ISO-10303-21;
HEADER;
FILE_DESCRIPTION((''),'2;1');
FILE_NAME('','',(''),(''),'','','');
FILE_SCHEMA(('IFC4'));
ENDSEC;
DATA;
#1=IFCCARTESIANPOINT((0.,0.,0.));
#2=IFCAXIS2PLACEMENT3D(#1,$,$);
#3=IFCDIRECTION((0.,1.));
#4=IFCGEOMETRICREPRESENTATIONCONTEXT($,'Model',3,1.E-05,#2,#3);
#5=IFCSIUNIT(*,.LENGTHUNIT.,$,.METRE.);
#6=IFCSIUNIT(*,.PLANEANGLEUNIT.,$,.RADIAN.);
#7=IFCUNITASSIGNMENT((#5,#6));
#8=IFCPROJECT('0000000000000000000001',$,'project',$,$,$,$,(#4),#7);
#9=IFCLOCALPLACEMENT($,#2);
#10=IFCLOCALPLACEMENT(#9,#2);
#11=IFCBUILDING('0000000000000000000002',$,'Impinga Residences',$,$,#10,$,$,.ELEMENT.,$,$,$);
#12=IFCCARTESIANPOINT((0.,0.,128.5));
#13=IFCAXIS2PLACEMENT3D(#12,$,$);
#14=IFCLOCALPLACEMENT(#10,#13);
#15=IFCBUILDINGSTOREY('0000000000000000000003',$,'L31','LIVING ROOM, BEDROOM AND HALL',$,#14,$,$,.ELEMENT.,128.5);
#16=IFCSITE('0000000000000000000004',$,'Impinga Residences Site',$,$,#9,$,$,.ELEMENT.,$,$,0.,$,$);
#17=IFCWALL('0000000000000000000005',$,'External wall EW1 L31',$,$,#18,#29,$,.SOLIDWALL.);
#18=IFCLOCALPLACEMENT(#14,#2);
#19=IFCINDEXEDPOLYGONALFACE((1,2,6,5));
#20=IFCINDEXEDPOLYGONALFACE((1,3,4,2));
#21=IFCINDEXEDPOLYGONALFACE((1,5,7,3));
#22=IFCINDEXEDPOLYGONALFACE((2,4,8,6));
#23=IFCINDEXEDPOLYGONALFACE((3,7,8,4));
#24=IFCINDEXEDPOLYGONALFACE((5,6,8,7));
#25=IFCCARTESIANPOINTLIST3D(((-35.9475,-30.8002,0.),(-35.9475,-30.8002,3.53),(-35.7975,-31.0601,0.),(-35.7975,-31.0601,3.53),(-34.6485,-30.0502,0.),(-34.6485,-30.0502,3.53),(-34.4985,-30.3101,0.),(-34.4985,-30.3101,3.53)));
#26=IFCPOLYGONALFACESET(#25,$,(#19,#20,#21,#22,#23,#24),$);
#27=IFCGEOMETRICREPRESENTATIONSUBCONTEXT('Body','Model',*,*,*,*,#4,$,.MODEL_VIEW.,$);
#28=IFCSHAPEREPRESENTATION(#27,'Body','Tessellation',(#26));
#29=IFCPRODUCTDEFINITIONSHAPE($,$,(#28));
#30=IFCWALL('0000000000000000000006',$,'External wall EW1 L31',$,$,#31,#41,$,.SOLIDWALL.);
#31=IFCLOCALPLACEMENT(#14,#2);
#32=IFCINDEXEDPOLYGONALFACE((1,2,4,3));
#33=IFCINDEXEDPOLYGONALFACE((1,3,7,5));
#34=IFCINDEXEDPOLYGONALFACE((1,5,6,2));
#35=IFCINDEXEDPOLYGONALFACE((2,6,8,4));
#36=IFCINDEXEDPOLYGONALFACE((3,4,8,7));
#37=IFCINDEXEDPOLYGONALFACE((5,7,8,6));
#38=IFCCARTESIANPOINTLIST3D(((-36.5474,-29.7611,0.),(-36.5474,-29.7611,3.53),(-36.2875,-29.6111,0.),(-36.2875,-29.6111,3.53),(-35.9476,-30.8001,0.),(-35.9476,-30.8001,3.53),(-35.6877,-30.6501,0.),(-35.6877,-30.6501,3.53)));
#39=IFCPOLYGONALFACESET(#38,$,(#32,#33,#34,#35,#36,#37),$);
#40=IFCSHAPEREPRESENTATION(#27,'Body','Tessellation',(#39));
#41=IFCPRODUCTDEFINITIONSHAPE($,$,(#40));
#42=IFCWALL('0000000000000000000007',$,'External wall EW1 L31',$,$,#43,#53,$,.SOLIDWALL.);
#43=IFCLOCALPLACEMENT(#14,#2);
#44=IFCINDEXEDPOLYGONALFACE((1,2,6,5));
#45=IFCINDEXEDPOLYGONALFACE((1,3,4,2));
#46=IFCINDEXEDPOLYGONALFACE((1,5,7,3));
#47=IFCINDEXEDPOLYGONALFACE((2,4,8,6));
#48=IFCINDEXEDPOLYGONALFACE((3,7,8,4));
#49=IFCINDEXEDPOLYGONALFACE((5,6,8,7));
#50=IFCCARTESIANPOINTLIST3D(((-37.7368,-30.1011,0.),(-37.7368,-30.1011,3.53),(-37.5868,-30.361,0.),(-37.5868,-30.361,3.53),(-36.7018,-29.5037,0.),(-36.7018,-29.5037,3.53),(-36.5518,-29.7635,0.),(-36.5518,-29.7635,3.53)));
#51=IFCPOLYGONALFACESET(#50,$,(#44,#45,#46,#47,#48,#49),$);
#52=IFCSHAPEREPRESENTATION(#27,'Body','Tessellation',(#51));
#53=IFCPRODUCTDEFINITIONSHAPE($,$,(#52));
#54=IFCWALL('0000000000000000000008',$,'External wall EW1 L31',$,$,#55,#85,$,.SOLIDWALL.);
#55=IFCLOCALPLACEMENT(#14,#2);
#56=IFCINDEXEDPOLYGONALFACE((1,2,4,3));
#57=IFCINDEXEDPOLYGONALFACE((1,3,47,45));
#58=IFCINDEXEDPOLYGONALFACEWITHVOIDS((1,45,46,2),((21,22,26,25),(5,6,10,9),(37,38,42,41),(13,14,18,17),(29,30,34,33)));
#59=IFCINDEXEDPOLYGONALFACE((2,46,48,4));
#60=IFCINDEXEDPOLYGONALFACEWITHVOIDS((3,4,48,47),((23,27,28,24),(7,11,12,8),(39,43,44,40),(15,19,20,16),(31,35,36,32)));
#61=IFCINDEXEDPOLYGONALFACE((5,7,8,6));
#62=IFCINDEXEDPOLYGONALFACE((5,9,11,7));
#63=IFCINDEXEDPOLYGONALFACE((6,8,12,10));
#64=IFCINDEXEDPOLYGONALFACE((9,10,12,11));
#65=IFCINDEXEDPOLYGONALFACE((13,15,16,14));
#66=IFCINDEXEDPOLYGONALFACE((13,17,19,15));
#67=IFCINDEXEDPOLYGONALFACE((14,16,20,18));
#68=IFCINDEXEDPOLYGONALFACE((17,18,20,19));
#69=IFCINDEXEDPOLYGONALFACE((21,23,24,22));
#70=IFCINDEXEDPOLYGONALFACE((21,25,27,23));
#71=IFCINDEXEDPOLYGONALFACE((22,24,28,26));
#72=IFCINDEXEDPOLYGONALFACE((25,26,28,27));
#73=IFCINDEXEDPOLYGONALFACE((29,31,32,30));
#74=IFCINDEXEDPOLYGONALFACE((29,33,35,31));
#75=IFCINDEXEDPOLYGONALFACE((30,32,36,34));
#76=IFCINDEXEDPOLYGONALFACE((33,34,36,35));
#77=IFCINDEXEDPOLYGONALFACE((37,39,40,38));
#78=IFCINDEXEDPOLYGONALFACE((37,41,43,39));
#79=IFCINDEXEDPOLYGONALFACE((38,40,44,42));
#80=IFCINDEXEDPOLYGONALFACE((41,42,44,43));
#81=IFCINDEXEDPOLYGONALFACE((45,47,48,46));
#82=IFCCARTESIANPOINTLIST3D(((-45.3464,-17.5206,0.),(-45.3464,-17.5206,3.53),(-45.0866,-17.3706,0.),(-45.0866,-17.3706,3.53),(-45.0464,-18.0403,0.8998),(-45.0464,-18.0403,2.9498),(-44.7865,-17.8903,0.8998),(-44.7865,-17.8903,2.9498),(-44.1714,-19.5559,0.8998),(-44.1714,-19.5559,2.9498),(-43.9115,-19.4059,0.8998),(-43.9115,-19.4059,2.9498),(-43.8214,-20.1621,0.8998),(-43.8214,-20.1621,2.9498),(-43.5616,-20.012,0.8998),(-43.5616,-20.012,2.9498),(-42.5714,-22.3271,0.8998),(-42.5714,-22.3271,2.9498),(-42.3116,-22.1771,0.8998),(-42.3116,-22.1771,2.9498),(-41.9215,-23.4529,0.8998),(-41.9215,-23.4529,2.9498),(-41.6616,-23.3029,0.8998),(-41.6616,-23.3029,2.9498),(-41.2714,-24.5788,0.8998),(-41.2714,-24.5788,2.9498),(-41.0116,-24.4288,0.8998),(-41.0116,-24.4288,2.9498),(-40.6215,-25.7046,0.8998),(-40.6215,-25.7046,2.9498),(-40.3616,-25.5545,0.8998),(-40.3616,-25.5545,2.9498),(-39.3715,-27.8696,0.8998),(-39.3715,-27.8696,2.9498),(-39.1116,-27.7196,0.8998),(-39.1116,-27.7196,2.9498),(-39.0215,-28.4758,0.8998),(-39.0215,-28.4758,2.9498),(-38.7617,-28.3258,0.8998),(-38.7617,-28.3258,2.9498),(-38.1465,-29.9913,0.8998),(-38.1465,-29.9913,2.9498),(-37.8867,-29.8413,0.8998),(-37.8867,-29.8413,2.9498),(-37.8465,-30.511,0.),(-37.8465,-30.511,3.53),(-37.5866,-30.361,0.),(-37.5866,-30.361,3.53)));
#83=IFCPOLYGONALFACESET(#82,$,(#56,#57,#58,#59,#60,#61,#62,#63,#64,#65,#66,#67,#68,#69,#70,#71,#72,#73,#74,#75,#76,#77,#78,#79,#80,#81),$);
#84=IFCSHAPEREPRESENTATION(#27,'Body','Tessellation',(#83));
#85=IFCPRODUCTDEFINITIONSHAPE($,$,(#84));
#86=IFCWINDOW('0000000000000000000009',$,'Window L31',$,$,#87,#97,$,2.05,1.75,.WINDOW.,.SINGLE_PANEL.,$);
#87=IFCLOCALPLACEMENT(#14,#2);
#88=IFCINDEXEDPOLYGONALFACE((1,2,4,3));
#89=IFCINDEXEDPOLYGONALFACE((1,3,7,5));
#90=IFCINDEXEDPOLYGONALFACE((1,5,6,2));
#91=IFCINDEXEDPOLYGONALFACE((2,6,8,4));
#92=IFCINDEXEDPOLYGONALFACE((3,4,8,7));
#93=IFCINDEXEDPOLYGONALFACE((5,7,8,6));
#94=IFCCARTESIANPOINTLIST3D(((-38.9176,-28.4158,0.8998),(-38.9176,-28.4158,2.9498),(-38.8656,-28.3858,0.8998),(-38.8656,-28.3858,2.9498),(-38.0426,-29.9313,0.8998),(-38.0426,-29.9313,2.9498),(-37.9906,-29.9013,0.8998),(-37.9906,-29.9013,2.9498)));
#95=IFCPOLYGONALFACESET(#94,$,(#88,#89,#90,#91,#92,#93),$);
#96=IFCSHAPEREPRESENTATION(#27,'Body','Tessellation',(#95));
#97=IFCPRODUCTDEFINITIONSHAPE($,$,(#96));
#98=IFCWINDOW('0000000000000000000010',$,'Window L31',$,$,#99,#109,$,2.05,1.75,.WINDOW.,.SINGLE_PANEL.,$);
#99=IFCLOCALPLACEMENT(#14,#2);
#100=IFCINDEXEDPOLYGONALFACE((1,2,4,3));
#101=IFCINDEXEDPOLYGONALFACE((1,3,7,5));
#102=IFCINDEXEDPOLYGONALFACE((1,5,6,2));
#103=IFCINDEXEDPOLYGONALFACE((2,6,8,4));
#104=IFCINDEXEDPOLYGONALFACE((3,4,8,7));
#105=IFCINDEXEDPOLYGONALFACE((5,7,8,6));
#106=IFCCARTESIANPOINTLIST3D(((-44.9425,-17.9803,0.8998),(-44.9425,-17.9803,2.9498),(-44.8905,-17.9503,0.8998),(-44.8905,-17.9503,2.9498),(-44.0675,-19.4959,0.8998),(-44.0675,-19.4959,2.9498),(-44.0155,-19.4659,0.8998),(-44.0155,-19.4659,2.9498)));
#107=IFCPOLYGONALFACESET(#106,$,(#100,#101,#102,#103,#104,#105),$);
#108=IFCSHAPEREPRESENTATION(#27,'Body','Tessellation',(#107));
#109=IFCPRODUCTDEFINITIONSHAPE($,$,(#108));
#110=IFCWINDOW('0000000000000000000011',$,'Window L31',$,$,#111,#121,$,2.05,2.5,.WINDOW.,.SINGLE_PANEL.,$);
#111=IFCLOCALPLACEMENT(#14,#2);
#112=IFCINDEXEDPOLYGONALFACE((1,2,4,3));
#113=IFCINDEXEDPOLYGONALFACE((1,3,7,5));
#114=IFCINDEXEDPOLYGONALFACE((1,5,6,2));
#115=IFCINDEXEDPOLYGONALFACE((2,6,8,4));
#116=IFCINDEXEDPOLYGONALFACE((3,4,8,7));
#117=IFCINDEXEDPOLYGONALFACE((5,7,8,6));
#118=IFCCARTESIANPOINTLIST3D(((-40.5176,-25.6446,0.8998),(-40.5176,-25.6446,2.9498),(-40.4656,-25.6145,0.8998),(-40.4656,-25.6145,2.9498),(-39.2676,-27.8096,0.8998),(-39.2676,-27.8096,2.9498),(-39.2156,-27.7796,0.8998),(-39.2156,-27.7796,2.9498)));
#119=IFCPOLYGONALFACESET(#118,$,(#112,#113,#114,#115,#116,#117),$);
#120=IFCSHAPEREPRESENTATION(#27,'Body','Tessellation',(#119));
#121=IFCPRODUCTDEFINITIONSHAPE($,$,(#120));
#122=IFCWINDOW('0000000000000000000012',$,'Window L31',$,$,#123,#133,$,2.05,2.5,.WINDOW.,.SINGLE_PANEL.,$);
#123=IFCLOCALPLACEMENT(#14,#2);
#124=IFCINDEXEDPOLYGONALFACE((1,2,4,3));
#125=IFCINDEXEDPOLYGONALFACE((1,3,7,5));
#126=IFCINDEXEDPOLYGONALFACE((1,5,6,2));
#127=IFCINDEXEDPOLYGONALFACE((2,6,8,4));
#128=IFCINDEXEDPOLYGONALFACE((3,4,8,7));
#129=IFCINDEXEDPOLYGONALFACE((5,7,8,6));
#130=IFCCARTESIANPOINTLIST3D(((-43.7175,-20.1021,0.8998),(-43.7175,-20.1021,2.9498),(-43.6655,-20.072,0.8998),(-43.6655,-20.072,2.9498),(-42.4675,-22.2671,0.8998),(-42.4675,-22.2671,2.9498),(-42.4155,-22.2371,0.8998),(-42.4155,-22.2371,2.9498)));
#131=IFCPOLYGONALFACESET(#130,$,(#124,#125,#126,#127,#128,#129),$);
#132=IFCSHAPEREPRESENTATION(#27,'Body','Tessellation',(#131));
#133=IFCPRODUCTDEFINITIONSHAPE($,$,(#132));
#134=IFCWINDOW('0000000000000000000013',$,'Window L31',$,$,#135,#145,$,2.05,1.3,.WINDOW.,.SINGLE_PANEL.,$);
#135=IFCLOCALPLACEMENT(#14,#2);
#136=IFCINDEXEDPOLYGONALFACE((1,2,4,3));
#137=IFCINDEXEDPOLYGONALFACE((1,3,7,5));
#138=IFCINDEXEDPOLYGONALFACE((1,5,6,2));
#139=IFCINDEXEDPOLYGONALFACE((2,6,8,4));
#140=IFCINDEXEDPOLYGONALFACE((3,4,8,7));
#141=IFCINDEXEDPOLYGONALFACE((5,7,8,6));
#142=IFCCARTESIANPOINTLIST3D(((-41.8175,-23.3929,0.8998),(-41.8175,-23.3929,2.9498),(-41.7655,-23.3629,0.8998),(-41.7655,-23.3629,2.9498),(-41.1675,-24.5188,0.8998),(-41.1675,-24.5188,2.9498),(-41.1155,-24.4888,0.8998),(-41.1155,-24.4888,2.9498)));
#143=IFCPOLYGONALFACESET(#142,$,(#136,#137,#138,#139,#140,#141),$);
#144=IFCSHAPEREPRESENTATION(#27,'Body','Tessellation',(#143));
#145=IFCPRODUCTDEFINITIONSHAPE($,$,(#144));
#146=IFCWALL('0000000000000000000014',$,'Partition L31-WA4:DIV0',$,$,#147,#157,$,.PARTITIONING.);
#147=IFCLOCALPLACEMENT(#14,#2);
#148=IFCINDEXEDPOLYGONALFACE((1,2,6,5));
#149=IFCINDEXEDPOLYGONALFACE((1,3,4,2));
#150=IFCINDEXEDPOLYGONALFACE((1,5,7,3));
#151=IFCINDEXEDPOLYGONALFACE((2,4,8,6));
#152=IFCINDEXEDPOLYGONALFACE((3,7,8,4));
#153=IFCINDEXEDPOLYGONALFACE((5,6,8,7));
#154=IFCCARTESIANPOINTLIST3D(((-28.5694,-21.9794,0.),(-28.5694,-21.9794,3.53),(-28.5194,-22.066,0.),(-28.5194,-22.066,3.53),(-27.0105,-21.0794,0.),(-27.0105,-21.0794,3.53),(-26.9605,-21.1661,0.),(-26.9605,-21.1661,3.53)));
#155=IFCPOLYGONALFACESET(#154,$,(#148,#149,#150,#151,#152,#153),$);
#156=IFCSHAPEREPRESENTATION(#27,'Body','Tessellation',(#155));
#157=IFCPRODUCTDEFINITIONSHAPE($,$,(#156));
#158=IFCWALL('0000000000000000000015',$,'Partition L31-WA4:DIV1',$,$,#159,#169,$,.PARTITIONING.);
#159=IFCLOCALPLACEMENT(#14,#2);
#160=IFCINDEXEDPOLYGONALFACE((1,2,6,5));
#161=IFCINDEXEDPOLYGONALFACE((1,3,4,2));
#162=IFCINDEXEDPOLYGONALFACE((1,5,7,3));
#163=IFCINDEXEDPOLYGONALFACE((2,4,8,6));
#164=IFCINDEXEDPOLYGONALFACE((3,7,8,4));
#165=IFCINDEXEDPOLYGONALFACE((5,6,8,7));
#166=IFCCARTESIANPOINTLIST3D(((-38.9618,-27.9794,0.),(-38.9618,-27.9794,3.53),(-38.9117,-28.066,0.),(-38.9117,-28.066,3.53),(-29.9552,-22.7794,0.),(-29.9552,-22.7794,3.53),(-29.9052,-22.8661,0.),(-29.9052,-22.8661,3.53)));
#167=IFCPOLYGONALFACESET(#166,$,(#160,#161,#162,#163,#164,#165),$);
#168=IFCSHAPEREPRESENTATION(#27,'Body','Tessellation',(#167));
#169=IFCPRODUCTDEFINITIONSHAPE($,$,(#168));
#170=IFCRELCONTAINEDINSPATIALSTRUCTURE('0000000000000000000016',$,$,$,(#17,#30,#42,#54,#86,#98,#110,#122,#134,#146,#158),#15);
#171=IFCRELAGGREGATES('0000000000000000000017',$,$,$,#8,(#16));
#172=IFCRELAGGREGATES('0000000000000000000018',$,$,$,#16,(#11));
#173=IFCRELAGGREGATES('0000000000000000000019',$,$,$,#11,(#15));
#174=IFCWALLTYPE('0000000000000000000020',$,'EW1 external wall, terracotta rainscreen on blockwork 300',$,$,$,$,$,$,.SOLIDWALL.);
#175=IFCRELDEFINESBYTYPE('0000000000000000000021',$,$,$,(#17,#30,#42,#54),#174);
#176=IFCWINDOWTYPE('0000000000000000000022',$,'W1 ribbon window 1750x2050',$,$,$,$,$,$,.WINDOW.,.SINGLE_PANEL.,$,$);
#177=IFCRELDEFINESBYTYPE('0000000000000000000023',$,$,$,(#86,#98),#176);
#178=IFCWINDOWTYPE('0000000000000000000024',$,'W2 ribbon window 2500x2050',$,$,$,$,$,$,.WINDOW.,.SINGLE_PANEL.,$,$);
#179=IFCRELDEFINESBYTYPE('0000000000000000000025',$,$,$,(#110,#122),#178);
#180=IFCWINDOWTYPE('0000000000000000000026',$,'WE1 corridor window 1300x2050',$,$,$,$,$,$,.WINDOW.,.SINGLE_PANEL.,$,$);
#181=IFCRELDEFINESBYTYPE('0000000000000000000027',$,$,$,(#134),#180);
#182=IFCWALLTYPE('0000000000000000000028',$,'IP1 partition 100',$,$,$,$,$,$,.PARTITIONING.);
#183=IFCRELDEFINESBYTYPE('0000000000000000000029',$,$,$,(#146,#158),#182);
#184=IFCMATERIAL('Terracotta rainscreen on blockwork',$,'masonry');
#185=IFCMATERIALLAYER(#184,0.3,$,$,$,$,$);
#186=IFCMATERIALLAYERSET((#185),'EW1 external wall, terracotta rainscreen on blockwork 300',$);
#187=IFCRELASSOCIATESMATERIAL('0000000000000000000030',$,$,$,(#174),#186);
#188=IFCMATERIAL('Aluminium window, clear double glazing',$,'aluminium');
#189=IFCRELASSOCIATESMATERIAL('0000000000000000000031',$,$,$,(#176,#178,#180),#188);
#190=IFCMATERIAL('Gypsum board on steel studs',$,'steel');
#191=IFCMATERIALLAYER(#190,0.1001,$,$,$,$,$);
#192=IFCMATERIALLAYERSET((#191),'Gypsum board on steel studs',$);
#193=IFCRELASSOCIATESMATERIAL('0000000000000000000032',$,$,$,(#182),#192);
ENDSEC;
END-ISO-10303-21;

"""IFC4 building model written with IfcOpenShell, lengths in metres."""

from ifc_helpers import new_model, si_unit, direction, frame, frame_2d, origin, place, context, subcontext, project, spatial, rectangle, extrude, material, layer, layer_set, type_object, element, fill, save


model = new_model("IFC4")

# Units and contexts
model_context = context("Model", 3, precision=1e-05, world=origin(), true_north=direction((0.0, 1.0)))
body_context = subcontext(model_context, "Body", "Model", "MODEL_VIEW")
ifc_project = project(units=[si_unit("LENGTHUNIT", "METRE"), si_unit("PLANEANGLEUNIT", "RADIAN")], contexts=[model_context])

# Site, building, storey
site_placement = place(None, origin())
site = spatial("IfcSite", under=ifc_project, at=site_placement, Name="Impinga Residences Site", CompositionType="ELEMENT", RefElevation=0.0)
building_placement = place(site_placement, origin())
building = spatial("IfcBuilding", under=site, at=building_placement, Name="Impinga Residences", CompositionType="ELEMENT")
storey_placement = place(building_placement, frame((0.0, 0.0, 128.5)))
storey = spatial("IfcBuildingStorey", under=building, at=storey_placement, Name="L31", Description="LIVING ROOM, BEDROOM AND HALL", CompositionType="ELEMENT", Elevation=128.5)

# Walls
ifc_material_1 = material(Name="Terracotta rainscreen on blockwork", Category="masonry")
ifc_layer_1 = layer(ifc_material_1, 0.3)
ifc_layer_set_1 = layer_set([ifc_layer_1], Name="EW1 external wall, terracotta rainscreen on blockwork 300")
wall_type_1 = type_object("IfcWallType", Name="EW1 external wall, terracotta rainscreen on blockwork 300", PredefinedType="SOLIDWALL", material=ifc_layer_set_1)
wall_1_placement = place(storey_placement, frame((-34.5735, -30.1802, 0.0), z_axis=(0.0, 0.0, 1.0), x_axis=(-0.866031, -0.49999, 0.0)))
element("IfcWall", 1, at=wall_1_placement, inside=storey, type_object=wall_type_1, Name="External wall EW1 L31", PredefinedType="SOLIDWALL", context=body_context, shape_type="SweptSolid", body=[
    extrude(rectangle(XDim=1.5, YDim=0.3, at=frame_2d((0.75, 0.0))), origin(), (0.0, 0.0, 1.0), 3.53),
])
wall_2_placement = place(storey_placement, frame((-35.8176, -30.7251, 0.0), z_axis=(0.0, 0.0, 1.0), x_axis=(-0.499969, 0.866043, 0.0)))
element("IfcWall", 2, at=wall_2_placement, inside=storey, type_object=wall_type_1, Name="External wall EW1 L31", PredefinedType="SOLIDWALL", context=body_context, shape_type="SweptSolid", body=[
    extrude(rectangle(XDim=1.1997, YDim=0.3, at=frame_2d((0.5999, 0.0))), origin(), (0.0, 0.0, 1.0), 3.53),
])
wall_3_placement = place(storey_placement, frame((-36.6267, -29.6335, 0.0), z_axis=(0.0, 0.0, 1.0), x_axis=(-0.86606, -0.499941, 0.0)))
element("IfcWall", 3, at=wall_3_placement, inside=storey, type_object=wall_type_1, Name="External wall EW1 L31", PredefinedType="SOLIDWALL", context=body_context, shape_type="SweptSolid", body=[
    extrude(rectangle(XDim=1.1951, YDim=0.3, at=frame_2d((0.5977, 0.0))), origin(), (0.0, 0.0, 1.0), 3.53),
])

# Wall, openings, windows
wall_4_placement = place(storey_placement, frame((-37.7166, -30.436, 0.0), z_axis=(0.0, 0.0, 1.0), x_axis=(-0.499997, 0.866027, 0.0)))
wall_4 = element("IfcWall", 4, at=wall_4_placement, inside=storey, type_object=wall_type_1, Name="External wall EW1 L31", PredefinedType="SOLIDWALL", context=body_context, shape_type="SweptSolid", body=[
    extrude(rectangle(XDim=15.0, YDim=0.3, at=frame_2d((7.5, 0.0))), origin(), (0.0, 0.0, 1.0), 3.53),
])
opening_1_placement = place(wall_4_placement, frame((0.6001, 0.0, 0.8999)))
opening_1 = element("IfcOpeningElement", 5, at=opening_1_placement, cuts=wall_4, PredefinedType="OPENING", context=body_context, shape_type="SweptSolid", body=[
    extrude(rectangle(XDim=1.75, YDim=2.05, at=frame_2d((0.875, 1.0249))), frame((0.0, 0.1599, 0.0), z_axis=(0.0, -1.0, 0.0), x_axis=(1.0, 0.0, 0.0)), (0.0, 0.0, 1.0), 0.3201),
])
opening_2_placement = place(wall_4_placement, frame((3.05, 0.0, 0.8999)))
opening_2 = element("IfcOpeningElement", 6, at=opening_2_placement, cuts=wall_4, PredefinedType="OPENING", context=body_context, shape_type="SweptSolid", body=[
    extrude(rectangle(XDim=2.5, YDim=2.05, at=frame_2d((1.25, 1.0249))), frame((0.0, 0.1599, 0.0), z_axis=(0.0, -1.0, 0.0), x_axis=(1.0, 0.0, 0.0)), (0.0, 0.0, 1.0), 0.3201),
])
opening_3_placement = place(wall_4_placement, frame((6.8501, 0.0, 0.8999)))
opening_3 = element("IfcOpeningElement", 7, at=opening_3_placement, cuts=wall_4, PredefinedType="OPENING", context=body_context, shape_type="SweptSolid", body=[
    extrude(rectangle(XDim=1.3, YDim=2.05, at=frame_2d((0.6499, 1.0249))), frame((0.0, 0.1599, 0.0), z_axis=(0.0, -1.0, 0.0), x_axis=(1.0, 0.0, 0.0)), (0.0, 0.0, 1.0), 0.3201),
])
opening_4_placement = place(wall_4_placement, frame((9.45, 0.0, 0.8999)))
opening_4 = element("IfcOpeningElement", 8, at=opening_4_placement, cuts=wall_4, PredefinedType="OPENING", context=body_context, shape_type="SweptSolid", body=[
    extrude(rectangle(XDim=2.5, YDim=2.05, at=frame_2d((1.25, 1.0249))), frame((0.0, 0.1599, 0.0), z_axis=(0.0, -1.0, 0.0), x_axis=(1.0, 0.0, 0.0)), (0.0, 0.0, 1.0), 0.3201),
])
opening_5_placement = place(wall_4_placement, frame((12.6499, 0.0, 0.8999)))
opening_5 = element("IfcOpeningElement", 9, at=opening_5_placement, cuts=wall_4, PredefinedType="OPENING", context=body_context, shape_type="SweptSolid", body=[
    extrude(rectangle(XDim=1.75, YDim=2.05, at=frame_2d((0.875, 1.0249))), frame((0.0, 0.1599, 0.0), z_axis=(0.0, -1.0, 0.0), x_axis=(1.0, 0.0, 0.0)), (0.0, 0.0, 1.0), 0.3201),
])
ifc_material_2 = material(Name="Aluminium window, clear double glazing", Category="aluminium")
window_type_1 = type_object("IfcWindowType", Name="W1 ribbon window 1750x2050", PartitioningType="SINGLE_PANEL", PredefinedType="WINDOW", material=ifc_material_2)
window_1_placement = place(opening_1_placement, origin())
window_1 = element("IfcWindow", 10, at=window_1_placement, inside=storey, type_object=window_type_1, Name="Window L31", OverallHeight=2.05, OverallWidth=1.75, PartitioningType="SINGLE_PANEL", PredefinedType="WINDOW", context=body_context, shape_type="SweptSolid", body=[
    extrude(rectangle(XDim=1.75, YDim=2.05, at=frame_2d((0.875, 1.0249))), frame((0.0, 0.03, 0.0), z_axis=(0.0, -1.0, 0.0), x_axis=(1.0, 0.0, 0.0)), (0.0, 0.0, 1.0), 0.0601),
])
fill(opening_1, window_1)
window_2_placement = place(opening_5_placement, origin())
window_2 = element("IfcWindow", 11, at=window_2_placement, inside=storey, type_object=window_type_1, Name="Window L31", OverallHeight=2.05, OverallWidth=1.75, PartitioningType="SINGLE_PANEL", PredefinedType="WINDOW", context=body_context, shape_type="SweptSolid", body=[
    extrude(rectangle(XDim=1.75, YDim=2.05, at=frame_2d((0.875, 1.0249))), frame((0.0, 0.03, 0.0), z_axis=(0.0, -1.0, 0.0), x_axis=(1.0, 0.0, 0.0)), (0.0, 0.0, 1.0), 0.0601),
])
fill(opening_5, window_2)
window_type_2 = type_object("IfcWindowType", Name="W2 ribbon window 2500x2050", PartitioningType="SINGLE_PANEL", PredefinedType="WINDOW", material=ifc_material_2)
window_3_placement = place(opening_2_placement, origin())
window_3 = element("IfcWindow", 12, at=window_3_placement, inside=storey, type_object=window_type_2, Name="Window L31", OverallHeight=2.05, OverallWidth=2.5, PartitioningType="SINGLE_PANEL", PredefinedType="WINDOW", context=body_context, shape_type="SweptSolid", body=[
    extrude(rectangle(XDim=2.5, YDim=2.05, at=frame_2d((1.25, 1.0249))), frame((0.0, 0.03, 0.0), z_axis=(0.0, -1.0, 0.0), x_axis=(1.0, 0.0, 0.0)), (0.0, 0.0, 1.0), 0.0601),
])
fill(opening_2, window_3)
window_4_placement = place(opening_4_placement, origin())
window_4 = element("IfcWindow", 13, at=window_4_placement, inside=storey, type_object=window_type_2, Name="Window L31", OverallHeight=2.05, OverallWidth=2.5, PartitioningType="SINGLE_PANEL", PredefinedType="WINDOW", context=body_context, shape_type="SweptSolid", body=[
    extrude(rectangle(XDim=2.5, YDim=2.05, at=frame_2d((1.25, 1.0249))), frame((0.0, 0.03, 0.0), z_axis=(0.0, -1.0, 0.0), x_axis=(1.0, 0.0, 0.0)), (0.0, 0.0, 1.0), 0.0601),
])
fill(opening_4, window_4)
window_type_3 = type_object("IfcWindowType", Name="WE1 corridor window 1300x2050", PartitioningType="SINGLE_PANEL", PredefinedType="WINDOW", material=ifc_material_2)
window_5_placement = place(opening_3_placement, origin())
window_5 = element("IfcWindow", 14, at=window_5_placement, inside=storey, type_object=window_type_3, Name="Window L31", OverallHeight=2.05, OverallWidth=1.3, PartitioningType="SINGLE_PANEL", PredefinedType="WINDOW", context=body_context, shape_type="SweptSolid", body=[
    extrude(rectangle(XDim=1.3, YDim=2.05, at=frame_2d((0.6499, 1.0249))), frame((0.0, 0.03, 0.0), z_axis=(0.0, -1.0, 0.0), x_axis=(1.0, 0.0, 0.0)), (0.0, 0.0, 1.0), 0.0601),
])
fill(opening_3, window_5)

# Walls
ifc_material_3 = material(Name="Gypsum board on steel studs", Category="steel")
ifc_layer_2 = layer(ifc_material_3, 0.1001)
ifc_layer_set_2 = layer_set([ifc_layer_2], Name="Gypsum board on steel studs")
wall_type_2 = type_object("IfcWallType", Name="IP1 partition 100", PredefinedType="PARTITIONING", material=ifc_layer_set_2)
wall_5_placement = place(storey_placement, frame((-26.9856, -21.1228, 0.0), z_axis=(0.0, 0.0, 1.0), x_axis=(-0.866048, -0.499961, 0.0)))
element("IfcWall", 15, at=wall_5_placement, inside=storey, type_object=wall_type_2, Name="Partition L31-WA4:DIV0", PredefinedType="PARTITIONING", context=body_context, shape_type="SweptSolid", body=[
    extrude(rectangle(XDim=1.8, YDim=0.1001, at=frame_2d((0.8999, 0.0))), origin(), (0.0, 0.0, 1.0), 3.53),
])
wall_6_placement = place(storey_placement, frame((-29.9302, -22.8228, 0.0), z_axis=(0.0, 0.0, 1.0), x_axis=(-0.866026, -0.499999, 0.0)))
element("IfcWall", 16, at=wall_6_placement, inside=storey, type_object=wall_type_2, Name="Partition L31-WA4:DIV1", PredefinedType="PARTITIONING", context=body_context, shape_type="SweptSolid", body=[
    extrude(rectangle(XDim=10.3999, YDim=0.1001, at=frame_2d((5.2, 0.0))), origin(), (0.0, 0.0, 1.0), 3.53),
])

save(model, "model.ifc")
